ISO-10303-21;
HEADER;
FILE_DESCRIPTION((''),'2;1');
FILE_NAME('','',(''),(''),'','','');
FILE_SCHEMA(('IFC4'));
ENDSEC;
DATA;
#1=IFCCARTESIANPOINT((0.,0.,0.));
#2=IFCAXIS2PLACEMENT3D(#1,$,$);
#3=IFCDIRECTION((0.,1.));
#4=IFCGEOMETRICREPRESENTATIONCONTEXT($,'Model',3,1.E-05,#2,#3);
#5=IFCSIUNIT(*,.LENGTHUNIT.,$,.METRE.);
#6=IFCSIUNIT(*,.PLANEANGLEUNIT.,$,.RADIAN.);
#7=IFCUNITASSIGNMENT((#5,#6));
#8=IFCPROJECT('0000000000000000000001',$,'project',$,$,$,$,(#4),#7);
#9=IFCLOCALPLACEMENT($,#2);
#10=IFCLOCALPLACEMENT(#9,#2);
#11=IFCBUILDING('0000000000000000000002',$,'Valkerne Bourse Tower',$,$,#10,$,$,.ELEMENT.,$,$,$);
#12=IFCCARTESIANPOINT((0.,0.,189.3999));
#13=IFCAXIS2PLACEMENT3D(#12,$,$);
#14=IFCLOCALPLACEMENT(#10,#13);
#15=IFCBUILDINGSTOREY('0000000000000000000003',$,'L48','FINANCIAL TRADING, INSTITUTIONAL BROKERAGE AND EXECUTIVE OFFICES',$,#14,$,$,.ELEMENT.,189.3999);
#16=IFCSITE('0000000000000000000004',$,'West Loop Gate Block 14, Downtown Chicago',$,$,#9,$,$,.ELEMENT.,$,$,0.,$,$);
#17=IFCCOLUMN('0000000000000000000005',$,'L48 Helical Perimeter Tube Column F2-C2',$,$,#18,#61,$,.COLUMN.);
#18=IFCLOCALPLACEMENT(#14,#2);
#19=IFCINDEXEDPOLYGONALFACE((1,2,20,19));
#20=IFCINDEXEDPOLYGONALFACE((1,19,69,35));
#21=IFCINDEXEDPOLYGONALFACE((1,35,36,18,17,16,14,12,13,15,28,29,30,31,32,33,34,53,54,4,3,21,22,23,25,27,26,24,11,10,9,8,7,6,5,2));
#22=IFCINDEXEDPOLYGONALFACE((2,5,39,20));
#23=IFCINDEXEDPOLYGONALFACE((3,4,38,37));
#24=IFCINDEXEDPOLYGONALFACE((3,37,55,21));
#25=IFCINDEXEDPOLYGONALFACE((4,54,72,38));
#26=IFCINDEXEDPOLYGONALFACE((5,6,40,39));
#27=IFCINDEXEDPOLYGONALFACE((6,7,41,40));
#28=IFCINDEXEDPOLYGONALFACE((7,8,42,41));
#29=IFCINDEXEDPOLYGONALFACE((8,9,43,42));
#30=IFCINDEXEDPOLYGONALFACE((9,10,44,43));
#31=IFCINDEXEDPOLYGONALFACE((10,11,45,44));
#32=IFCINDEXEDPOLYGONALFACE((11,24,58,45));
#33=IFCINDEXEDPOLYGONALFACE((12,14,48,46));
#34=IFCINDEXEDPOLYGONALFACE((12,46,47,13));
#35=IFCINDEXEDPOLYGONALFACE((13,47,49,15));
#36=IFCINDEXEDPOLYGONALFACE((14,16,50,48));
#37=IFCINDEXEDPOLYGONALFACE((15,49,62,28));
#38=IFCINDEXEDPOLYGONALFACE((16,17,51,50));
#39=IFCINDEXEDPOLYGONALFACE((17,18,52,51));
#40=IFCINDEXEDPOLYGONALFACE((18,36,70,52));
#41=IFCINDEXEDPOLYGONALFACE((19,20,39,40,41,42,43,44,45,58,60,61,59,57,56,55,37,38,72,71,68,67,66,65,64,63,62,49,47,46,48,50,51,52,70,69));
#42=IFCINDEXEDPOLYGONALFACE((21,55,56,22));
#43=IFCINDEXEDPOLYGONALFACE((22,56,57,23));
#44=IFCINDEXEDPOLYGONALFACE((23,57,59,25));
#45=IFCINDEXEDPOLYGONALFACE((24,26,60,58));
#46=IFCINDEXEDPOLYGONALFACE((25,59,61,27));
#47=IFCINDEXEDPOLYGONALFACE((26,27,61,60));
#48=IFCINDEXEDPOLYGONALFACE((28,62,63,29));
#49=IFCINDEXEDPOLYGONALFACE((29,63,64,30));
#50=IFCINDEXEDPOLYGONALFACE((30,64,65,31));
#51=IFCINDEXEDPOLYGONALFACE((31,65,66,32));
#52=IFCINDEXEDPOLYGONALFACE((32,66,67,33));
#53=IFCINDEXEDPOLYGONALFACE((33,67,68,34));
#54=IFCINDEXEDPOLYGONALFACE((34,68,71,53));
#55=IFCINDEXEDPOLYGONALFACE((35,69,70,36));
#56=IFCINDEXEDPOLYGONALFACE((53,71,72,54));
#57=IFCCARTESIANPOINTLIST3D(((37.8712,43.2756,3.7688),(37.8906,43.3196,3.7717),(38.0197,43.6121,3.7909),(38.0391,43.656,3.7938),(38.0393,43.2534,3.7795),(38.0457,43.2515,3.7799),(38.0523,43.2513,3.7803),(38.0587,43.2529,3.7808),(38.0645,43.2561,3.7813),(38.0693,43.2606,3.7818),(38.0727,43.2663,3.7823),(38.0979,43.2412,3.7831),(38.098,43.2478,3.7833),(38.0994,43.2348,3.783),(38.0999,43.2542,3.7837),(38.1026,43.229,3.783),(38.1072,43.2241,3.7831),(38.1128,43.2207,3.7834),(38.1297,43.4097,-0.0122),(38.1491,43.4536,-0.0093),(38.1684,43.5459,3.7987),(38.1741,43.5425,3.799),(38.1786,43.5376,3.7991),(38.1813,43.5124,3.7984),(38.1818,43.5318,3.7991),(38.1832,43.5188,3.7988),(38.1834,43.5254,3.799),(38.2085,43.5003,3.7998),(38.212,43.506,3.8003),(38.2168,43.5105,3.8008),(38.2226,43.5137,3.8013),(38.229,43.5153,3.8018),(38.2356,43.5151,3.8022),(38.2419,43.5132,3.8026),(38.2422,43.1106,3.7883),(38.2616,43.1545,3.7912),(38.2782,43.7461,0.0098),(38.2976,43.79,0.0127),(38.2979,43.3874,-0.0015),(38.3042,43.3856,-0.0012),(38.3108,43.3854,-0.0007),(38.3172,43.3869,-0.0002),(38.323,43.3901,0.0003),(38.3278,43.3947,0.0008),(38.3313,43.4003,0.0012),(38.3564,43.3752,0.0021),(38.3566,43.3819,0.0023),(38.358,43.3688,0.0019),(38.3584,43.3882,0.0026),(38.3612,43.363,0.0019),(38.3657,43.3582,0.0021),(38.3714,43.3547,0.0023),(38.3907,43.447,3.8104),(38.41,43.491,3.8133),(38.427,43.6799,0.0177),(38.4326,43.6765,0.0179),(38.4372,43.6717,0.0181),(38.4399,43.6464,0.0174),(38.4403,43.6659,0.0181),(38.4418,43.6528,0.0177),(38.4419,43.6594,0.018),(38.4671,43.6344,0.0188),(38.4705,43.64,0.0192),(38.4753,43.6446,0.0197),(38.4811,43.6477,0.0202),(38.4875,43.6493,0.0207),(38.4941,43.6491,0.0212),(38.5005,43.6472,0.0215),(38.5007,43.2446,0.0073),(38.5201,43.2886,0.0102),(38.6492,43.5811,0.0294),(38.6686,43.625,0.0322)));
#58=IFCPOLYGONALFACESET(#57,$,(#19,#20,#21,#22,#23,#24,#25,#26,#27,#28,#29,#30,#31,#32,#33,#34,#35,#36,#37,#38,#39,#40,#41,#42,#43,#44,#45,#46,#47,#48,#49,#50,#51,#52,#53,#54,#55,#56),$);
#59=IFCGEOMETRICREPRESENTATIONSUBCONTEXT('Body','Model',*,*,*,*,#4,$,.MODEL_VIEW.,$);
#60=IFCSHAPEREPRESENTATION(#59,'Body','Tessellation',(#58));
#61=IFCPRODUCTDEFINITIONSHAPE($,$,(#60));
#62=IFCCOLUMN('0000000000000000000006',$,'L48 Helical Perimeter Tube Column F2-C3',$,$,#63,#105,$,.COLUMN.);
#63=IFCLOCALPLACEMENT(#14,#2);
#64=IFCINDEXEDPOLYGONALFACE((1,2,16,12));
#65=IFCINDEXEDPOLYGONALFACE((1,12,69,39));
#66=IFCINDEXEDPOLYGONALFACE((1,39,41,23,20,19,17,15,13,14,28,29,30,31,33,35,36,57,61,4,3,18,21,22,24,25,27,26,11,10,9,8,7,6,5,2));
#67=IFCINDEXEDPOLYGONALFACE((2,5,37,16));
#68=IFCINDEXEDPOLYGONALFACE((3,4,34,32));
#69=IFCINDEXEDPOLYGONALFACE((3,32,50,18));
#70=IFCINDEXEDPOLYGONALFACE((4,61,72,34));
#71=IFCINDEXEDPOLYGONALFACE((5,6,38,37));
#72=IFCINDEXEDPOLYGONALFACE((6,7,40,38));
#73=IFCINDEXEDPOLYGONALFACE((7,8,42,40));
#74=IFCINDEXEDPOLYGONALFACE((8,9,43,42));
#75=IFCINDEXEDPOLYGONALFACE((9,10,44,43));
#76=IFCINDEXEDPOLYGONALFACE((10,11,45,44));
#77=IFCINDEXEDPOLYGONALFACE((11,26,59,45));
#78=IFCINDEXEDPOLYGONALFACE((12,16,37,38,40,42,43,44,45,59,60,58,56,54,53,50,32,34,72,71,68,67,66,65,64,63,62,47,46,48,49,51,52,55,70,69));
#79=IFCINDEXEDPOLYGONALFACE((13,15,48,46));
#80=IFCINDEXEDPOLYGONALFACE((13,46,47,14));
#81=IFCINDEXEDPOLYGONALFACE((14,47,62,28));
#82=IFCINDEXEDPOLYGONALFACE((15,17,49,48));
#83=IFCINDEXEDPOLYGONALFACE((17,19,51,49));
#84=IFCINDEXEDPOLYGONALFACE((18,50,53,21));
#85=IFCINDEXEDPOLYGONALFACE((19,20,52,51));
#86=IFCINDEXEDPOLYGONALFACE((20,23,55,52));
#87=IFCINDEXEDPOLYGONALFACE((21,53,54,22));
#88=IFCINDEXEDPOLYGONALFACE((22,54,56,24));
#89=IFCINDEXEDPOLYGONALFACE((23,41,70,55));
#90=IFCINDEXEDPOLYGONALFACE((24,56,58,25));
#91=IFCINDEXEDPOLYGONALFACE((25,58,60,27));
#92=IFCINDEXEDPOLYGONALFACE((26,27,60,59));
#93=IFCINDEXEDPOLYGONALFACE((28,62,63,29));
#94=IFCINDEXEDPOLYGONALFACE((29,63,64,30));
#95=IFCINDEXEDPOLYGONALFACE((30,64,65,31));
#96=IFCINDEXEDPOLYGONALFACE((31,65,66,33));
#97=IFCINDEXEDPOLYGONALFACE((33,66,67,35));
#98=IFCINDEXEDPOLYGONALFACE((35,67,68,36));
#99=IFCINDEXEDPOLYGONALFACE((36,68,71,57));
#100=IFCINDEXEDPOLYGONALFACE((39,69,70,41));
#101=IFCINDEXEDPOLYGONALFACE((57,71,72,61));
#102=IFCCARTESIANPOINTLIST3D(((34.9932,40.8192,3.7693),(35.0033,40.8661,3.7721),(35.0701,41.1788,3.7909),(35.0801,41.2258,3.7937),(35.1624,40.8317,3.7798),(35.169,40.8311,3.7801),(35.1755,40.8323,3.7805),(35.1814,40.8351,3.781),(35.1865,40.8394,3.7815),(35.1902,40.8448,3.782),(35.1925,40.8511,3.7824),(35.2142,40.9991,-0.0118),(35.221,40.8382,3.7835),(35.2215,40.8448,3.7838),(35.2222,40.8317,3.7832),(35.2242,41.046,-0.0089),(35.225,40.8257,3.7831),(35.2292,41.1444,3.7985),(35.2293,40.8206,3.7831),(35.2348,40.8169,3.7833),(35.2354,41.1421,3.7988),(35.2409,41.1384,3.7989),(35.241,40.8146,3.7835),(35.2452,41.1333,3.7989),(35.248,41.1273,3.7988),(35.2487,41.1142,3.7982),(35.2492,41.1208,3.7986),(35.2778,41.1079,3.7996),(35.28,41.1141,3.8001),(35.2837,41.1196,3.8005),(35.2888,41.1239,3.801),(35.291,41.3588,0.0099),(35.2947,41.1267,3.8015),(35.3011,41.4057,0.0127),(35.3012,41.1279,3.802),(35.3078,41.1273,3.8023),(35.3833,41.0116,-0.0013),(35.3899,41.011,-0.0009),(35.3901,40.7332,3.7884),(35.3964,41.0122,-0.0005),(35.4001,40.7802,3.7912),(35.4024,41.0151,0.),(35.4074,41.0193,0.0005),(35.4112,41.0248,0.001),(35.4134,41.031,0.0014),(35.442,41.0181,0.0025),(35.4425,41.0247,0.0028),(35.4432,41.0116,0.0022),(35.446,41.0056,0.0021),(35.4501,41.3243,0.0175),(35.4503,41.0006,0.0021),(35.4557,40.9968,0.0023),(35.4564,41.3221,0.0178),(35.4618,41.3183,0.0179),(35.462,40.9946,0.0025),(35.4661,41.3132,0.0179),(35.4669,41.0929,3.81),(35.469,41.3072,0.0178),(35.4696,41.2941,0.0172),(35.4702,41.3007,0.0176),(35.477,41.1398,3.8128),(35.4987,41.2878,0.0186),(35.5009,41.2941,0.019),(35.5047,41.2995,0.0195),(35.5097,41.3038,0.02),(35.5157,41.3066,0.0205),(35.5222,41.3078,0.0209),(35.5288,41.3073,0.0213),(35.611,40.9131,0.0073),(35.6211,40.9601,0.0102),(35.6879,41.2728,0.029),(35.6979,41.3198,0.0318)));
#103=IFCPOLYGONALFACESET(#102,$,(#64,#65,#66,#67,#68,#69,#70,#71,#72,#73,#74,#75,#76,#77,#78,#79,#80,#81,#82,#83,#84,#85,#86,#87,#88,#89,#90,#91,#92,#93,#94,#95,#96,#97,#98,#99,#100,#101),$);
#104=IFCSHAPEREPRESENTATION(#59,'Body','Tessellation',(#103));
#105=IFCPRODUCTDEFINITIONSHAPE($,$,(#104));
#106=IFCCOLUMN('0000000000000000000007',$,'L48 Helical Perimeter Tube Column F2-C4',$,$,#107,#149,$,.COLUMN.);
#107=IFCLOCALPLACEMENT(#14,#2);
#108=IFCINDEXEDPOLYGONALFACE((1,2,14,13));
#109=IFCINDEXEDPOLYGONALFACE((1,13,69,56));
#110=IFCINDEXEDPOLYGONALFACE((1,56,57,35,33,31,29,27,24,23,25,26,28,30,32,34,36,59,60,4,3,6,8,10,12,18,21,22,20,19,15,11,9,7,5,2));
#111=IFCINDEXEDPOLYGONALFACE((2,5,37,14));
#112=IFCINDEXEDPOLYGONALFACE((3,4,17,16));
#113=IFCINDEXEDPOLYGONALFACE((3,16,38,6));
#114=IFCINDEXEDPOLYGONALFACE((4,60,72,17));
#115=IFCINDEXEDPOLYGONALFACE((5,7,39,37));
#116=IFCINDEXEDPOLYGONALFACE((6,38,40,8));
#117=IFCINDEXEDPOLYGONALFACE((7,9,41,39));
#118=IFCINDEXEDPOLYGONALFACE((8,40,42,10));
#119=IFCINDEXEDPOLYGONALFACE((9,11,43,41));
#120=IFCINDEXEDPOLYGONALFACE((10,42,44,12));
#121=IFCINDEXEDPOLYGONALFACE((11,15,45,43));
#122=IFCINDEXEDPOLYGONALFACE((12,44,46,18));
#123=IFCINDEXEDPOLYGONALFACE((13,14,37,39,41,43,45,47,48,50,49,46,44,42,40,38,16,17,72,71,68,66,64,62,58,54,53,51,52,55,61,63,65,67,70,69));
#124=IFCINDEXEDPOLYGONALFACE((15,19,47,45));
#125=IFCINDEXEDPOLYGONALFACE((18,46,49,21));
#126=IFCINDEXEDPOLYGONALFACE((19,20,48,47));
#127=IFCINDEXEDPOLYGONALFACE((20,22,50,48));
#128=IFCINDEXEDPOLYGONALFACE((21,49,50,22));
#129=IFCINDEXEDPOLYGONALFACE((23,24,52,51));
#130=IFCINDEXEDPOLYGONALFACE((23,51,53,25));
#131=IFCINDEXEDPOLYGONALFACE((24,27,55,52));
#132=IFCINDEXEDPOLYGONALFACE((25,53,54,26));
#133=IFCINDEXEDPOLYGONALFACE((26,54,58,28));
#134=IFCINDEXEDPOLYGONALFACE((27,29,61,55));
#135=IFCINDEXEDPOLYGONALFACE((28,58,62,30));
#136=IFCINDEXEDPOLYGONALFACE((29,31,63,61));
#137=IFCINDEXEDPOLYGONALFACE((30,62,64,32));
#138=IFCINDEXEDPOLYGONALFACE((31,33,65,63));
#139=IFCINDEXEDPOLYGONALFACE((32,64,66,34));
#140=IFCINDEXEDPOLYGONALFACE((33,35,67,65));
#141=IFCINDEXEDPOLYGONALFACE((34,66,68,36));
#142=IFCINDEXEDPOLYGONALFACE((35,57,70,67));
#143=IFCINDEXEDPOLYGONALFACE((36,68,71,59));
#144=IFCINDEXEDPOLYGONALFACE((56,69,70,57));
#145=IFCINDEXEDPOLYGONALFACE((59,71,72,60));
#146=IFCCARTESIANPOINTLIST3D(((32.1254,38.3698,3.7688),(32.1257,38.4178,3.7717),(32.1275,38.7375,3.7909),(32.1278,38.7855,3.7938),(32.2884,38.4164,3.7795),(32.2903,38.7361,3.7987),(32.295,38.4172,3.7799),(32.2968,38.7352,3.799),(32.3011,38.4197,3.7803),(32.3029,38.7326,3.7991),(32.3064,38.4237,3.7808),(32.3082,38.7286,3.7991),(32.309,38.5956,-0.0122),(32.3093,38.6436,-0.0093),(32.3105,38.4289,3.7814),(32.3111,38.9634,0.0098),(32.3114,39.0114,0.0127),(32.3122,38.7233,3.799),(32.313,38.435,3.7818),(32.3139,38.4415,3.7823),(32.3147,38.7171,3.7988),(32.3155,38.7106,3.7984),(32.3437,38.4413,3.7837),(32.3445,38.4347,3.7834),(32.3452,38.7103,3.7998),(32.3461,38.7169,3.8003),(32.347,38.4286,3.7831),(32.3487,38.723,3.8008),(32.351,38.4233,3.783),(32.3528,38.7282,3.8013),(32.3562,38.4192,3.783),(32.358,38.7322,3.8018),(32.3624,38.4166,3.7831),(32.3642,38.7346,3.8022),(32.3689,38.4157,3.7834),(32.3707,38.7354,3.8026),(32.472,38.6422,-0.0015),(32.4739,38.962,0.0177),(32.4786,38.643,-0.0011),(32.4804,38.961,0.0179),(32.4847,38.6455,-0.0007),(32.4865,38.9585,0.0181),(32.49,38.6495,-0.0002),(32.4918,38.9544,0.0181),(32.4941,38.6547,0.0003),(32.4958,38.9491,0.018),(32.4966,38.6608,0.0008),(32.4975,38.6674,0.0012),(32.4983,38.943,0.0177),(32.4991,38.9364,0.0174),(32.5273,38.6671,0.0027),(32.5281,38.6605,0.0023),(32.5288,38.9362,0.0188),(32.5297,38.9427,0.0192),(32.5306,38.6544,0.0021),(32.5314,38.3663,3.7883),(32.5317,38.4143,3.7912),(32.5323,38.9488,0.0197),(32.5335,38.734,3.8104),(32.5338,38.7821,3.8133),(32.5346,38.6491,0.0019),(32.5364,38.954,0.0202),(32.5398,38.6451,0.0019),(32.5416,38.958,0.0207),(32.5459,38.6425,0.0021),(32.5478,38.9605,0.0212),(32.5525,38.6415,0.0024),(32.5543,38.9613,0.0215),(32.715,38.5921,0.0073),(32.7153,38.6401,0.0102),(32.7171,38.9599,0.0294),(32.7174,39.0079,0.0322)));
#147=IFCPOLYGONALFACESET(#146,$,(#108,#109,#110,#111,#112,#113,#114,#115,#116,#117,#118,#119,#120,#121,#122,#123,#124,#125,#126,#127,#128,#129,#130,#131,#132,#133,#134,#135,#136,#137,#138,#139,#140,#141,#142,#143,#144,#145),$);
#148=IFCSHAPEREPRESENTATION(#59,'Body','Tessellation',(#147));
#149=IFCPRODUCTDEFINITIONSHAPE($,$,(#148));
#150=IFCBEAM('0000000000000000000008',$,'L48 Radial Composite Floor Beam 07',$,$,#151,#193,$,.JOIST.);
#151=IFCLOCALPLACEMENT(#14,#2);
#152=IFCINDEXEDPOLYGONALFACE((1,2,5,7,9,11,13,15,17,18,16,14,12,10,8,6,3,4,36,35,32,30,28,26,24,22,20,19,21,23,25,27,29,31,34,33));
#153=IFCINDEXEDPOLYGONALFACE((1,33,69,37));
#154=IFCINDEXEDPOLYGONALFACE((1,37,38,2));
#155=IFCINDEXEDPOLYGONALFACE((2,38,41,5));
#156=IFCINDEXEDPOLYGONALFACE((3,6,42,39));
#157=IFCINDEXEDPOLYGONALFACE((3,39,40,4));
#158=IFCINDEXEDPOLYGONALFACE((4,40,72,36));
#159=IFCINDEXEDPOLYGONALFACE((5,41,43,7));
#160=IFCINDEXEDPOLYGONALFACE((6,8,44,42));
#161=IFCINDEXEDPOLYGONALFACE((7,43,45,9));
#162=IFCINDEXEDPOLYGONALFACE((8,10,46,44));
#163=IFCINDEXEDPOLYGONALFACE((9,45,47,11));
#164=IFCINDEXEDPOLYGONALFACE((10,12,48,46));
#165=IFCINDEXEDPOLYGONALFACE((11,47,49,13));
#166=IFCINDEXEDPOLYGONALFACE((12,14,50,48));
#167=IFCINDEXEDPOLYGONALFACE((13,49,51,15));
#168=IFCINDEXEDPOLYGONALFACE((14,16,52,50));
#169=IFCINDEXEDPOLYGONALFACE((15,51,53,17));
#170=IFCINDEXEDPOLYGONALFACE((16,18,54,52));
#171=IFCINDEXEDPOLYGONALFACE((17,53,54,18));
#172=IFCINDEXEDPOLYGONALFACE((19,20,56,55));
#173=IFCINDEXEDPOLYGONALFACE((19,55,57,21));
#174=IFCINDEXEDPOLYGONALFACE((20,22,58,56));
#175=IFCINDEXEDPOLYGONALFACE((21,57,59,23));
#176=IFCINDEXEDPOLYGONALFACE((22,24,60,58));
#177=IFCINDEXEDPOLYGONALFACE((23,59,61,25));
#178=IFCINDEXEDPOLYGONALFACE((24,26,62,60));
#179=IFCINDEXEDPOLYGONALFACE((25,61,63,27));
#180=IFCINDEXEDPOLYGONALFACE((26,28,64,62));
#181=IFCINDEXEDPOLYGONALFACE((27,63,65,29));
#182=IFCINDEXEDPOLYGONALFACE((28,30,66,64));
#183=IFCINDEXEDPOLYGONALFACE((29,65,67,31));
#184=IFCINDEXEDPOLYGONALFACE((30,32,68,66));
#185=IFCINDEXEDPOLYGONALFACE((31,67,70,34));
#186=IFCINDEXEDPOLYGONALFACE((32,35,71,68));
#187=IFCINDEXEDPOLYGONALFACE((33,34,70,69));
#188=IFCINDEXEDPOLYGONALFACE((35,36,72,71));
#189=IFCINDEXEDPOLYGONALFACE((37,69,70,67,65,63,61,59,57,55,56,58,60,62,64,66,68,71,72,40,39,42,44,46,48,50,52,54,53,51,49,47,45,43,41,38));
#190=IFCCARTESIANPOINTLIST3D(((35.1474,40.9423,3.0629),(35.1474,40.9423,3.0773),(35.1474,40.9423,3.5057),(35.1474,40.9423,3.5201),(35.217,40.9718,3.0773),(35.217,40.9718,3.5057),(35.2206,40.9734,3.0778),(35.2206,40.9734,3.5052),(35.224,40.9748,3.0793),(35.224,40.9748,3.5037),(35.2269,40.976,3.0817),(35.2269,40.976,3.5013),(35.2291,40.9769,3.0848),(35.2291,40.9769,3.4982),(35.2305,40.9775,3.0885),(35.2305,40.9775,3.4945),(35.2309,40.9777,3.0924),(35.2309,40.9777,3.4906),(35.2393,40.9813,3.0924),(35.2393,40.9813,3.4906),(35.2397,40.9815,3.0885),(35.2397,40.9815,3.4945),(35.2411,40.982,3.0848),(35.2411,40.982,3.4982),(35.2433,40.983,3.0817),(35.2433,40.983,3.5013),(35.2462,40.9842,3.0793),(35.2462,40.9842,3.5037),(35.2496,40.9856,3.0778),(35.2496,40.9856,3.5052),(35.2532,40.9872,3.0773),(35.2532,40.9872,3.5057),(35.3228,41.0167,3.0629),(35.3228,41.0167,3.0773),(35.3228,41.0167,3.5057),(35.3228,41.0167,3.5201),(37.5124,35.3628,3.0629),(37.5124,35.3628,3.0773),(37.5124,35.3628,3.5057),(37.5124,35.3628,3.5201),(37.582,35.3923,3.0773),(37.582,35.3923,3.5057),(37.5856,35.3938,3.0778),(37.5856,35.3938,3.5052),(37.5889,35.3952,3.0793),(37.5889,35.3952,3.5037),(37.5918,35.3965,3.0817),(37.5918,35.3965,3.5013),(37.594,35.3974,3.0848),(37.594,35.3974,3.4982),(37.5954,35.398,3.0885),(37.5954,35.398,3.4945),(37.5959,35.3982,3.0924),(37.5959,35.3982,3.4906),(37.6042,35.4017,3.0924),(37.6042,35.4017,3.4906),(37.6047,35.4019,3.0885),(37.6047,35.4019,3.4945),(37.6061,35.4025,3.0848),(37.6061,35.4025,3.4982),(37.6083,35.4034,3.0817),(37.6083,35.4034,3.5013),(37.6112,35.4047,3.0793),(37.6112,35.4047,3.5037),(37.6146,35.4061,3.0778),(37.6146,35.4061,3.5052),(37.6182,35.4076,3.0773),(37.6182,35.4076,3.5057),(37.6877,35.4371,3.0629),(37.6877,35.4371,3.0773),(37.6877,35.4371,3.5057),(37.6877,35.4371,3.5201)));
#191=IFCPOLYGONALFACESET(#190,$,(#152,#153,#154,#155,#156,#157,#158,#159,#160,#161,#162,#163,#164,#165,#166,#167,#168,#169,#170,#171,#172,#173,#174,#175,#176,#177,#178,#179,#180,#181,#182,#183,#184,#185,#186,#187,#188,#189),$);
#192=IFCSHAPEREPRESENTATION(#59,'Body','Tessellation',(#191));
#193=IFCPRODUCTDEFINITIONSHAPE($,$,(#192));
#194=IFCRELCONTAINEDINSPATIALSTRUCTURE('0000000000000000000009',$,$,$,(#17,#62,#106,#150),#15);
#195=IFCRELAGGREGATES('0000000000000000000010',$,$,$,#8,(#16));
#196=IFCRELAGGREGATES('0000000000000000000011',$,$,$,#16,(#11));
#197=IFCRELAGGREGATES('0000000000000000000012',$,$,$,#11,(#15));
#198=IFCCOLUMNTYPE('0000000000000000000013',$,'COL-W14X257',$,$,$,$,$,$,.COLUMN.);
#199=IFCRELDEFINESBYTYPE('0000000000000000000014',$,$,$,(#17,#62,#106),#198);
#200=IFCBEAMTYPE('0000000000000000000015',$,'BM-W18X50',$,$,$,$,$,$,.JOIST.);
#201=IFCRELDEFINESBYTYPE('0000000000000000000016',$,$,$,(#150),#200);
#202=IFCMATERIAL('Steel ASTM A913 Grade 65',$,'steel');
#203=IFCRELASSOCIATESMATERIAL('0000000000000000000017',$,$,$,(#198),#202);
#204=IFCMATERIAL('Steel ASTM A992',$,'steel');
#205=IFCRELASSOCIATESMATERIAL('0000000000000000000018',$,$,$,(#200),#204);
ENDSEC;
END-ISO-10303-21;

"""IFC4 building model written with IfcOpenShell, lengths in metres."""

from ifc_helpers import new_model, si_unit, direction, frame, origin, origin_2d, place, context, subcontext, project, spatial, i_section, extrude, material, material_profile, profile_set, type_object, element, save


model = new_model("IFC4")

# Units and contexts
model_context = context("Model", 3, precision=1e-05, world=origin(), true_north=direction((0.0, 1.0)))
body_context = subcontext(model_context, "Body", "Model", "MODEL_VIEW")
ifc_project = project(units=[si_unit("LENGTHUNIT", "METRE"), si_unit("PLANEANGLEUNIT", "RADIAN")], contexts=[model_context])

# Site, building, storey
site_placement = place(None, origin())
site = spatial("IfcSite", under=ifc_project, at=site_placement, Name="West Loop Gate Block 14, Downtown Chicago", CompositionType="ELEMENT", RefElevation=0.0)
building_placement = place(site_placement, origin())
building = spatial("IfcBuilding", under=site, at=building_placement, Name="Valkerne Bourse Tower", CompositionType="ELEMENT")
storey_placement = place(building_placement, frame((0.0, 0.0, 189.3999)))
storey = spatial("IfcBuildingStorey", under=building, at=storey_placement, Name="L48", Description="FINANCIAL TRADING, INSTITUTIONAL BROKERAGE AND EXECUTIVE OFFICES", CompositionType="ELEMENT", Elevation=189.3999)

# Columns
ifc_material_1 = material(Name="Steel ASTM A913 Grade 65", Category="steel")
ifc_material_profile_1 = material_profile(ifc_material_1, i_section(OverallWidth=0.4065, OverallDepth=0.4165, WebThickness=0.0298, FlangeThickness=0.0481, FilletRadius=0.0254, at=origin_2d()), Name="W14X257")
ifc_profile_set_1 = profile_set([ifc_material_profile_1], Name="Steel ASTM A913 Grade 65")
column_type = type_object("IfcColumnType", Name="COL-W14X257", PredefinedType="COLUMN", material=ifc_profile_set_1)
column_1_placement = place(storey_placement, frame((38.3992, 43.5173, 0.01), z_axis=(-0.068178, -0.035344, 0.997047), x_axis=(-0.912635, 0.405946, -0.048015)))
element("IfcColumn", 1, at=column_1_placement, inside=storey, type_object=column_type, Name="L48 Helical Perimeter Tube Column F2-C2", PredefinedType="COLUMN", context=body_context, shape_type="SweptSolid", body=[
    extrude(i_section(OverallWidth=0.4065, OverallDepth=0.4165, WebThickness=0.0298, FlangeThickness=0.0481, FilletRadius=0.0254, at=origin_2d()), origin(), (0.0, 0.0, 1.0), 3.7922),
])
column_2_placement = place(storey_placement, frame((35.4561, 41.1594, 0.01), z_axis=(-0.058271, -0.047454, 0.997172), x_axis=(-0.976259, 0.211449, -0.046986)))
element("IfcColumn", 2, at=column_2_placement, inside=storey, type_object=column_type, Name="L48 Helical Perimeter Tube Column F2-C3", PredefinedType="COLUMN", context=body_context, shape_type="SweptSolid", body=[
    extrude(i_section(OverallWidth=0.4065, OverallDepth=0.4165, WebThickness=0.0298, FlangeThickness=0.0481, FilletRadius=0.0254, at=origin_2d()), origin(), (0.0, 0.0, 1.0), 3.7917),
])
column_3_placement = place(storey_placement, frame((32.5132, 38.8018, 0.01), z_axis=(-0.048414, -0.059551, 0.997051), x_axis=(-0.998811, 0.00859, -0.047986)))
element("IfcColumn", 3, at=column_3_placement, inside=storey, type_object=column_type, Name="L48 Helical Perimeter Tube Column F2-C4", PredefinedType="COLUMN", context=body_context, shape_type="SweptSolid", body=[
    extrude(i_section(OverallWidth=0.4065, OverallDepth=0.4165, WebThickness=0.0298, FlangeThickness=0.0481, FilletRadius=0.0254, at=origin_2d()), origin(), (0.0, 0.0, 1.0), 3.7922),
])

# Beam
ifc_material_2 = material(Name="Steel ASTM A992", Category="steel")
ifc_material_profile_2 = material_profile(ifc_material_2, i_section(OverallWidth=0.1904, OverallDepth=0.4573, WebThickness=0.009, FlangeThickness=0.0144, FilletRadius=0.0151, at=origin_2d()), Name="W18X50")
ifc_profile_set_2 = profile_set([ifc_material_profile_2], Name="Steel ASTM A992")
beam_type_1 = type_object("IfcBeamType", Name="BM-W18X50", PredefinedType="JOIST", material=ifc_profile_set_2)
beam_1_placement = place(storey_placement, frame((35.2351, 40.9795, 3.2915), z_axis=(0.390255, -0.920707, 0.0), x_axis=(0.920707, 0.390255, 0.0)))
element("IfcBeam", 4, at=beam_1_placement, inside=storey, type_object=beam_type_1, Name="L48 Radial Composite Floor Beam 07", PredefinedType="JOIST", context=body_context, shape_type="SweptSolid", body=[
    extrude(i_section(OverallWidth=0.1904, OverallDepth=0.4573, WebThickness=0.009, FlangeThickness=0.0144, FilletRadius=0.0151, at=origin_2d()), origin(), (0.0, 0.0, 1.0), 6.0601),
])

save(model, "model.ifc")
